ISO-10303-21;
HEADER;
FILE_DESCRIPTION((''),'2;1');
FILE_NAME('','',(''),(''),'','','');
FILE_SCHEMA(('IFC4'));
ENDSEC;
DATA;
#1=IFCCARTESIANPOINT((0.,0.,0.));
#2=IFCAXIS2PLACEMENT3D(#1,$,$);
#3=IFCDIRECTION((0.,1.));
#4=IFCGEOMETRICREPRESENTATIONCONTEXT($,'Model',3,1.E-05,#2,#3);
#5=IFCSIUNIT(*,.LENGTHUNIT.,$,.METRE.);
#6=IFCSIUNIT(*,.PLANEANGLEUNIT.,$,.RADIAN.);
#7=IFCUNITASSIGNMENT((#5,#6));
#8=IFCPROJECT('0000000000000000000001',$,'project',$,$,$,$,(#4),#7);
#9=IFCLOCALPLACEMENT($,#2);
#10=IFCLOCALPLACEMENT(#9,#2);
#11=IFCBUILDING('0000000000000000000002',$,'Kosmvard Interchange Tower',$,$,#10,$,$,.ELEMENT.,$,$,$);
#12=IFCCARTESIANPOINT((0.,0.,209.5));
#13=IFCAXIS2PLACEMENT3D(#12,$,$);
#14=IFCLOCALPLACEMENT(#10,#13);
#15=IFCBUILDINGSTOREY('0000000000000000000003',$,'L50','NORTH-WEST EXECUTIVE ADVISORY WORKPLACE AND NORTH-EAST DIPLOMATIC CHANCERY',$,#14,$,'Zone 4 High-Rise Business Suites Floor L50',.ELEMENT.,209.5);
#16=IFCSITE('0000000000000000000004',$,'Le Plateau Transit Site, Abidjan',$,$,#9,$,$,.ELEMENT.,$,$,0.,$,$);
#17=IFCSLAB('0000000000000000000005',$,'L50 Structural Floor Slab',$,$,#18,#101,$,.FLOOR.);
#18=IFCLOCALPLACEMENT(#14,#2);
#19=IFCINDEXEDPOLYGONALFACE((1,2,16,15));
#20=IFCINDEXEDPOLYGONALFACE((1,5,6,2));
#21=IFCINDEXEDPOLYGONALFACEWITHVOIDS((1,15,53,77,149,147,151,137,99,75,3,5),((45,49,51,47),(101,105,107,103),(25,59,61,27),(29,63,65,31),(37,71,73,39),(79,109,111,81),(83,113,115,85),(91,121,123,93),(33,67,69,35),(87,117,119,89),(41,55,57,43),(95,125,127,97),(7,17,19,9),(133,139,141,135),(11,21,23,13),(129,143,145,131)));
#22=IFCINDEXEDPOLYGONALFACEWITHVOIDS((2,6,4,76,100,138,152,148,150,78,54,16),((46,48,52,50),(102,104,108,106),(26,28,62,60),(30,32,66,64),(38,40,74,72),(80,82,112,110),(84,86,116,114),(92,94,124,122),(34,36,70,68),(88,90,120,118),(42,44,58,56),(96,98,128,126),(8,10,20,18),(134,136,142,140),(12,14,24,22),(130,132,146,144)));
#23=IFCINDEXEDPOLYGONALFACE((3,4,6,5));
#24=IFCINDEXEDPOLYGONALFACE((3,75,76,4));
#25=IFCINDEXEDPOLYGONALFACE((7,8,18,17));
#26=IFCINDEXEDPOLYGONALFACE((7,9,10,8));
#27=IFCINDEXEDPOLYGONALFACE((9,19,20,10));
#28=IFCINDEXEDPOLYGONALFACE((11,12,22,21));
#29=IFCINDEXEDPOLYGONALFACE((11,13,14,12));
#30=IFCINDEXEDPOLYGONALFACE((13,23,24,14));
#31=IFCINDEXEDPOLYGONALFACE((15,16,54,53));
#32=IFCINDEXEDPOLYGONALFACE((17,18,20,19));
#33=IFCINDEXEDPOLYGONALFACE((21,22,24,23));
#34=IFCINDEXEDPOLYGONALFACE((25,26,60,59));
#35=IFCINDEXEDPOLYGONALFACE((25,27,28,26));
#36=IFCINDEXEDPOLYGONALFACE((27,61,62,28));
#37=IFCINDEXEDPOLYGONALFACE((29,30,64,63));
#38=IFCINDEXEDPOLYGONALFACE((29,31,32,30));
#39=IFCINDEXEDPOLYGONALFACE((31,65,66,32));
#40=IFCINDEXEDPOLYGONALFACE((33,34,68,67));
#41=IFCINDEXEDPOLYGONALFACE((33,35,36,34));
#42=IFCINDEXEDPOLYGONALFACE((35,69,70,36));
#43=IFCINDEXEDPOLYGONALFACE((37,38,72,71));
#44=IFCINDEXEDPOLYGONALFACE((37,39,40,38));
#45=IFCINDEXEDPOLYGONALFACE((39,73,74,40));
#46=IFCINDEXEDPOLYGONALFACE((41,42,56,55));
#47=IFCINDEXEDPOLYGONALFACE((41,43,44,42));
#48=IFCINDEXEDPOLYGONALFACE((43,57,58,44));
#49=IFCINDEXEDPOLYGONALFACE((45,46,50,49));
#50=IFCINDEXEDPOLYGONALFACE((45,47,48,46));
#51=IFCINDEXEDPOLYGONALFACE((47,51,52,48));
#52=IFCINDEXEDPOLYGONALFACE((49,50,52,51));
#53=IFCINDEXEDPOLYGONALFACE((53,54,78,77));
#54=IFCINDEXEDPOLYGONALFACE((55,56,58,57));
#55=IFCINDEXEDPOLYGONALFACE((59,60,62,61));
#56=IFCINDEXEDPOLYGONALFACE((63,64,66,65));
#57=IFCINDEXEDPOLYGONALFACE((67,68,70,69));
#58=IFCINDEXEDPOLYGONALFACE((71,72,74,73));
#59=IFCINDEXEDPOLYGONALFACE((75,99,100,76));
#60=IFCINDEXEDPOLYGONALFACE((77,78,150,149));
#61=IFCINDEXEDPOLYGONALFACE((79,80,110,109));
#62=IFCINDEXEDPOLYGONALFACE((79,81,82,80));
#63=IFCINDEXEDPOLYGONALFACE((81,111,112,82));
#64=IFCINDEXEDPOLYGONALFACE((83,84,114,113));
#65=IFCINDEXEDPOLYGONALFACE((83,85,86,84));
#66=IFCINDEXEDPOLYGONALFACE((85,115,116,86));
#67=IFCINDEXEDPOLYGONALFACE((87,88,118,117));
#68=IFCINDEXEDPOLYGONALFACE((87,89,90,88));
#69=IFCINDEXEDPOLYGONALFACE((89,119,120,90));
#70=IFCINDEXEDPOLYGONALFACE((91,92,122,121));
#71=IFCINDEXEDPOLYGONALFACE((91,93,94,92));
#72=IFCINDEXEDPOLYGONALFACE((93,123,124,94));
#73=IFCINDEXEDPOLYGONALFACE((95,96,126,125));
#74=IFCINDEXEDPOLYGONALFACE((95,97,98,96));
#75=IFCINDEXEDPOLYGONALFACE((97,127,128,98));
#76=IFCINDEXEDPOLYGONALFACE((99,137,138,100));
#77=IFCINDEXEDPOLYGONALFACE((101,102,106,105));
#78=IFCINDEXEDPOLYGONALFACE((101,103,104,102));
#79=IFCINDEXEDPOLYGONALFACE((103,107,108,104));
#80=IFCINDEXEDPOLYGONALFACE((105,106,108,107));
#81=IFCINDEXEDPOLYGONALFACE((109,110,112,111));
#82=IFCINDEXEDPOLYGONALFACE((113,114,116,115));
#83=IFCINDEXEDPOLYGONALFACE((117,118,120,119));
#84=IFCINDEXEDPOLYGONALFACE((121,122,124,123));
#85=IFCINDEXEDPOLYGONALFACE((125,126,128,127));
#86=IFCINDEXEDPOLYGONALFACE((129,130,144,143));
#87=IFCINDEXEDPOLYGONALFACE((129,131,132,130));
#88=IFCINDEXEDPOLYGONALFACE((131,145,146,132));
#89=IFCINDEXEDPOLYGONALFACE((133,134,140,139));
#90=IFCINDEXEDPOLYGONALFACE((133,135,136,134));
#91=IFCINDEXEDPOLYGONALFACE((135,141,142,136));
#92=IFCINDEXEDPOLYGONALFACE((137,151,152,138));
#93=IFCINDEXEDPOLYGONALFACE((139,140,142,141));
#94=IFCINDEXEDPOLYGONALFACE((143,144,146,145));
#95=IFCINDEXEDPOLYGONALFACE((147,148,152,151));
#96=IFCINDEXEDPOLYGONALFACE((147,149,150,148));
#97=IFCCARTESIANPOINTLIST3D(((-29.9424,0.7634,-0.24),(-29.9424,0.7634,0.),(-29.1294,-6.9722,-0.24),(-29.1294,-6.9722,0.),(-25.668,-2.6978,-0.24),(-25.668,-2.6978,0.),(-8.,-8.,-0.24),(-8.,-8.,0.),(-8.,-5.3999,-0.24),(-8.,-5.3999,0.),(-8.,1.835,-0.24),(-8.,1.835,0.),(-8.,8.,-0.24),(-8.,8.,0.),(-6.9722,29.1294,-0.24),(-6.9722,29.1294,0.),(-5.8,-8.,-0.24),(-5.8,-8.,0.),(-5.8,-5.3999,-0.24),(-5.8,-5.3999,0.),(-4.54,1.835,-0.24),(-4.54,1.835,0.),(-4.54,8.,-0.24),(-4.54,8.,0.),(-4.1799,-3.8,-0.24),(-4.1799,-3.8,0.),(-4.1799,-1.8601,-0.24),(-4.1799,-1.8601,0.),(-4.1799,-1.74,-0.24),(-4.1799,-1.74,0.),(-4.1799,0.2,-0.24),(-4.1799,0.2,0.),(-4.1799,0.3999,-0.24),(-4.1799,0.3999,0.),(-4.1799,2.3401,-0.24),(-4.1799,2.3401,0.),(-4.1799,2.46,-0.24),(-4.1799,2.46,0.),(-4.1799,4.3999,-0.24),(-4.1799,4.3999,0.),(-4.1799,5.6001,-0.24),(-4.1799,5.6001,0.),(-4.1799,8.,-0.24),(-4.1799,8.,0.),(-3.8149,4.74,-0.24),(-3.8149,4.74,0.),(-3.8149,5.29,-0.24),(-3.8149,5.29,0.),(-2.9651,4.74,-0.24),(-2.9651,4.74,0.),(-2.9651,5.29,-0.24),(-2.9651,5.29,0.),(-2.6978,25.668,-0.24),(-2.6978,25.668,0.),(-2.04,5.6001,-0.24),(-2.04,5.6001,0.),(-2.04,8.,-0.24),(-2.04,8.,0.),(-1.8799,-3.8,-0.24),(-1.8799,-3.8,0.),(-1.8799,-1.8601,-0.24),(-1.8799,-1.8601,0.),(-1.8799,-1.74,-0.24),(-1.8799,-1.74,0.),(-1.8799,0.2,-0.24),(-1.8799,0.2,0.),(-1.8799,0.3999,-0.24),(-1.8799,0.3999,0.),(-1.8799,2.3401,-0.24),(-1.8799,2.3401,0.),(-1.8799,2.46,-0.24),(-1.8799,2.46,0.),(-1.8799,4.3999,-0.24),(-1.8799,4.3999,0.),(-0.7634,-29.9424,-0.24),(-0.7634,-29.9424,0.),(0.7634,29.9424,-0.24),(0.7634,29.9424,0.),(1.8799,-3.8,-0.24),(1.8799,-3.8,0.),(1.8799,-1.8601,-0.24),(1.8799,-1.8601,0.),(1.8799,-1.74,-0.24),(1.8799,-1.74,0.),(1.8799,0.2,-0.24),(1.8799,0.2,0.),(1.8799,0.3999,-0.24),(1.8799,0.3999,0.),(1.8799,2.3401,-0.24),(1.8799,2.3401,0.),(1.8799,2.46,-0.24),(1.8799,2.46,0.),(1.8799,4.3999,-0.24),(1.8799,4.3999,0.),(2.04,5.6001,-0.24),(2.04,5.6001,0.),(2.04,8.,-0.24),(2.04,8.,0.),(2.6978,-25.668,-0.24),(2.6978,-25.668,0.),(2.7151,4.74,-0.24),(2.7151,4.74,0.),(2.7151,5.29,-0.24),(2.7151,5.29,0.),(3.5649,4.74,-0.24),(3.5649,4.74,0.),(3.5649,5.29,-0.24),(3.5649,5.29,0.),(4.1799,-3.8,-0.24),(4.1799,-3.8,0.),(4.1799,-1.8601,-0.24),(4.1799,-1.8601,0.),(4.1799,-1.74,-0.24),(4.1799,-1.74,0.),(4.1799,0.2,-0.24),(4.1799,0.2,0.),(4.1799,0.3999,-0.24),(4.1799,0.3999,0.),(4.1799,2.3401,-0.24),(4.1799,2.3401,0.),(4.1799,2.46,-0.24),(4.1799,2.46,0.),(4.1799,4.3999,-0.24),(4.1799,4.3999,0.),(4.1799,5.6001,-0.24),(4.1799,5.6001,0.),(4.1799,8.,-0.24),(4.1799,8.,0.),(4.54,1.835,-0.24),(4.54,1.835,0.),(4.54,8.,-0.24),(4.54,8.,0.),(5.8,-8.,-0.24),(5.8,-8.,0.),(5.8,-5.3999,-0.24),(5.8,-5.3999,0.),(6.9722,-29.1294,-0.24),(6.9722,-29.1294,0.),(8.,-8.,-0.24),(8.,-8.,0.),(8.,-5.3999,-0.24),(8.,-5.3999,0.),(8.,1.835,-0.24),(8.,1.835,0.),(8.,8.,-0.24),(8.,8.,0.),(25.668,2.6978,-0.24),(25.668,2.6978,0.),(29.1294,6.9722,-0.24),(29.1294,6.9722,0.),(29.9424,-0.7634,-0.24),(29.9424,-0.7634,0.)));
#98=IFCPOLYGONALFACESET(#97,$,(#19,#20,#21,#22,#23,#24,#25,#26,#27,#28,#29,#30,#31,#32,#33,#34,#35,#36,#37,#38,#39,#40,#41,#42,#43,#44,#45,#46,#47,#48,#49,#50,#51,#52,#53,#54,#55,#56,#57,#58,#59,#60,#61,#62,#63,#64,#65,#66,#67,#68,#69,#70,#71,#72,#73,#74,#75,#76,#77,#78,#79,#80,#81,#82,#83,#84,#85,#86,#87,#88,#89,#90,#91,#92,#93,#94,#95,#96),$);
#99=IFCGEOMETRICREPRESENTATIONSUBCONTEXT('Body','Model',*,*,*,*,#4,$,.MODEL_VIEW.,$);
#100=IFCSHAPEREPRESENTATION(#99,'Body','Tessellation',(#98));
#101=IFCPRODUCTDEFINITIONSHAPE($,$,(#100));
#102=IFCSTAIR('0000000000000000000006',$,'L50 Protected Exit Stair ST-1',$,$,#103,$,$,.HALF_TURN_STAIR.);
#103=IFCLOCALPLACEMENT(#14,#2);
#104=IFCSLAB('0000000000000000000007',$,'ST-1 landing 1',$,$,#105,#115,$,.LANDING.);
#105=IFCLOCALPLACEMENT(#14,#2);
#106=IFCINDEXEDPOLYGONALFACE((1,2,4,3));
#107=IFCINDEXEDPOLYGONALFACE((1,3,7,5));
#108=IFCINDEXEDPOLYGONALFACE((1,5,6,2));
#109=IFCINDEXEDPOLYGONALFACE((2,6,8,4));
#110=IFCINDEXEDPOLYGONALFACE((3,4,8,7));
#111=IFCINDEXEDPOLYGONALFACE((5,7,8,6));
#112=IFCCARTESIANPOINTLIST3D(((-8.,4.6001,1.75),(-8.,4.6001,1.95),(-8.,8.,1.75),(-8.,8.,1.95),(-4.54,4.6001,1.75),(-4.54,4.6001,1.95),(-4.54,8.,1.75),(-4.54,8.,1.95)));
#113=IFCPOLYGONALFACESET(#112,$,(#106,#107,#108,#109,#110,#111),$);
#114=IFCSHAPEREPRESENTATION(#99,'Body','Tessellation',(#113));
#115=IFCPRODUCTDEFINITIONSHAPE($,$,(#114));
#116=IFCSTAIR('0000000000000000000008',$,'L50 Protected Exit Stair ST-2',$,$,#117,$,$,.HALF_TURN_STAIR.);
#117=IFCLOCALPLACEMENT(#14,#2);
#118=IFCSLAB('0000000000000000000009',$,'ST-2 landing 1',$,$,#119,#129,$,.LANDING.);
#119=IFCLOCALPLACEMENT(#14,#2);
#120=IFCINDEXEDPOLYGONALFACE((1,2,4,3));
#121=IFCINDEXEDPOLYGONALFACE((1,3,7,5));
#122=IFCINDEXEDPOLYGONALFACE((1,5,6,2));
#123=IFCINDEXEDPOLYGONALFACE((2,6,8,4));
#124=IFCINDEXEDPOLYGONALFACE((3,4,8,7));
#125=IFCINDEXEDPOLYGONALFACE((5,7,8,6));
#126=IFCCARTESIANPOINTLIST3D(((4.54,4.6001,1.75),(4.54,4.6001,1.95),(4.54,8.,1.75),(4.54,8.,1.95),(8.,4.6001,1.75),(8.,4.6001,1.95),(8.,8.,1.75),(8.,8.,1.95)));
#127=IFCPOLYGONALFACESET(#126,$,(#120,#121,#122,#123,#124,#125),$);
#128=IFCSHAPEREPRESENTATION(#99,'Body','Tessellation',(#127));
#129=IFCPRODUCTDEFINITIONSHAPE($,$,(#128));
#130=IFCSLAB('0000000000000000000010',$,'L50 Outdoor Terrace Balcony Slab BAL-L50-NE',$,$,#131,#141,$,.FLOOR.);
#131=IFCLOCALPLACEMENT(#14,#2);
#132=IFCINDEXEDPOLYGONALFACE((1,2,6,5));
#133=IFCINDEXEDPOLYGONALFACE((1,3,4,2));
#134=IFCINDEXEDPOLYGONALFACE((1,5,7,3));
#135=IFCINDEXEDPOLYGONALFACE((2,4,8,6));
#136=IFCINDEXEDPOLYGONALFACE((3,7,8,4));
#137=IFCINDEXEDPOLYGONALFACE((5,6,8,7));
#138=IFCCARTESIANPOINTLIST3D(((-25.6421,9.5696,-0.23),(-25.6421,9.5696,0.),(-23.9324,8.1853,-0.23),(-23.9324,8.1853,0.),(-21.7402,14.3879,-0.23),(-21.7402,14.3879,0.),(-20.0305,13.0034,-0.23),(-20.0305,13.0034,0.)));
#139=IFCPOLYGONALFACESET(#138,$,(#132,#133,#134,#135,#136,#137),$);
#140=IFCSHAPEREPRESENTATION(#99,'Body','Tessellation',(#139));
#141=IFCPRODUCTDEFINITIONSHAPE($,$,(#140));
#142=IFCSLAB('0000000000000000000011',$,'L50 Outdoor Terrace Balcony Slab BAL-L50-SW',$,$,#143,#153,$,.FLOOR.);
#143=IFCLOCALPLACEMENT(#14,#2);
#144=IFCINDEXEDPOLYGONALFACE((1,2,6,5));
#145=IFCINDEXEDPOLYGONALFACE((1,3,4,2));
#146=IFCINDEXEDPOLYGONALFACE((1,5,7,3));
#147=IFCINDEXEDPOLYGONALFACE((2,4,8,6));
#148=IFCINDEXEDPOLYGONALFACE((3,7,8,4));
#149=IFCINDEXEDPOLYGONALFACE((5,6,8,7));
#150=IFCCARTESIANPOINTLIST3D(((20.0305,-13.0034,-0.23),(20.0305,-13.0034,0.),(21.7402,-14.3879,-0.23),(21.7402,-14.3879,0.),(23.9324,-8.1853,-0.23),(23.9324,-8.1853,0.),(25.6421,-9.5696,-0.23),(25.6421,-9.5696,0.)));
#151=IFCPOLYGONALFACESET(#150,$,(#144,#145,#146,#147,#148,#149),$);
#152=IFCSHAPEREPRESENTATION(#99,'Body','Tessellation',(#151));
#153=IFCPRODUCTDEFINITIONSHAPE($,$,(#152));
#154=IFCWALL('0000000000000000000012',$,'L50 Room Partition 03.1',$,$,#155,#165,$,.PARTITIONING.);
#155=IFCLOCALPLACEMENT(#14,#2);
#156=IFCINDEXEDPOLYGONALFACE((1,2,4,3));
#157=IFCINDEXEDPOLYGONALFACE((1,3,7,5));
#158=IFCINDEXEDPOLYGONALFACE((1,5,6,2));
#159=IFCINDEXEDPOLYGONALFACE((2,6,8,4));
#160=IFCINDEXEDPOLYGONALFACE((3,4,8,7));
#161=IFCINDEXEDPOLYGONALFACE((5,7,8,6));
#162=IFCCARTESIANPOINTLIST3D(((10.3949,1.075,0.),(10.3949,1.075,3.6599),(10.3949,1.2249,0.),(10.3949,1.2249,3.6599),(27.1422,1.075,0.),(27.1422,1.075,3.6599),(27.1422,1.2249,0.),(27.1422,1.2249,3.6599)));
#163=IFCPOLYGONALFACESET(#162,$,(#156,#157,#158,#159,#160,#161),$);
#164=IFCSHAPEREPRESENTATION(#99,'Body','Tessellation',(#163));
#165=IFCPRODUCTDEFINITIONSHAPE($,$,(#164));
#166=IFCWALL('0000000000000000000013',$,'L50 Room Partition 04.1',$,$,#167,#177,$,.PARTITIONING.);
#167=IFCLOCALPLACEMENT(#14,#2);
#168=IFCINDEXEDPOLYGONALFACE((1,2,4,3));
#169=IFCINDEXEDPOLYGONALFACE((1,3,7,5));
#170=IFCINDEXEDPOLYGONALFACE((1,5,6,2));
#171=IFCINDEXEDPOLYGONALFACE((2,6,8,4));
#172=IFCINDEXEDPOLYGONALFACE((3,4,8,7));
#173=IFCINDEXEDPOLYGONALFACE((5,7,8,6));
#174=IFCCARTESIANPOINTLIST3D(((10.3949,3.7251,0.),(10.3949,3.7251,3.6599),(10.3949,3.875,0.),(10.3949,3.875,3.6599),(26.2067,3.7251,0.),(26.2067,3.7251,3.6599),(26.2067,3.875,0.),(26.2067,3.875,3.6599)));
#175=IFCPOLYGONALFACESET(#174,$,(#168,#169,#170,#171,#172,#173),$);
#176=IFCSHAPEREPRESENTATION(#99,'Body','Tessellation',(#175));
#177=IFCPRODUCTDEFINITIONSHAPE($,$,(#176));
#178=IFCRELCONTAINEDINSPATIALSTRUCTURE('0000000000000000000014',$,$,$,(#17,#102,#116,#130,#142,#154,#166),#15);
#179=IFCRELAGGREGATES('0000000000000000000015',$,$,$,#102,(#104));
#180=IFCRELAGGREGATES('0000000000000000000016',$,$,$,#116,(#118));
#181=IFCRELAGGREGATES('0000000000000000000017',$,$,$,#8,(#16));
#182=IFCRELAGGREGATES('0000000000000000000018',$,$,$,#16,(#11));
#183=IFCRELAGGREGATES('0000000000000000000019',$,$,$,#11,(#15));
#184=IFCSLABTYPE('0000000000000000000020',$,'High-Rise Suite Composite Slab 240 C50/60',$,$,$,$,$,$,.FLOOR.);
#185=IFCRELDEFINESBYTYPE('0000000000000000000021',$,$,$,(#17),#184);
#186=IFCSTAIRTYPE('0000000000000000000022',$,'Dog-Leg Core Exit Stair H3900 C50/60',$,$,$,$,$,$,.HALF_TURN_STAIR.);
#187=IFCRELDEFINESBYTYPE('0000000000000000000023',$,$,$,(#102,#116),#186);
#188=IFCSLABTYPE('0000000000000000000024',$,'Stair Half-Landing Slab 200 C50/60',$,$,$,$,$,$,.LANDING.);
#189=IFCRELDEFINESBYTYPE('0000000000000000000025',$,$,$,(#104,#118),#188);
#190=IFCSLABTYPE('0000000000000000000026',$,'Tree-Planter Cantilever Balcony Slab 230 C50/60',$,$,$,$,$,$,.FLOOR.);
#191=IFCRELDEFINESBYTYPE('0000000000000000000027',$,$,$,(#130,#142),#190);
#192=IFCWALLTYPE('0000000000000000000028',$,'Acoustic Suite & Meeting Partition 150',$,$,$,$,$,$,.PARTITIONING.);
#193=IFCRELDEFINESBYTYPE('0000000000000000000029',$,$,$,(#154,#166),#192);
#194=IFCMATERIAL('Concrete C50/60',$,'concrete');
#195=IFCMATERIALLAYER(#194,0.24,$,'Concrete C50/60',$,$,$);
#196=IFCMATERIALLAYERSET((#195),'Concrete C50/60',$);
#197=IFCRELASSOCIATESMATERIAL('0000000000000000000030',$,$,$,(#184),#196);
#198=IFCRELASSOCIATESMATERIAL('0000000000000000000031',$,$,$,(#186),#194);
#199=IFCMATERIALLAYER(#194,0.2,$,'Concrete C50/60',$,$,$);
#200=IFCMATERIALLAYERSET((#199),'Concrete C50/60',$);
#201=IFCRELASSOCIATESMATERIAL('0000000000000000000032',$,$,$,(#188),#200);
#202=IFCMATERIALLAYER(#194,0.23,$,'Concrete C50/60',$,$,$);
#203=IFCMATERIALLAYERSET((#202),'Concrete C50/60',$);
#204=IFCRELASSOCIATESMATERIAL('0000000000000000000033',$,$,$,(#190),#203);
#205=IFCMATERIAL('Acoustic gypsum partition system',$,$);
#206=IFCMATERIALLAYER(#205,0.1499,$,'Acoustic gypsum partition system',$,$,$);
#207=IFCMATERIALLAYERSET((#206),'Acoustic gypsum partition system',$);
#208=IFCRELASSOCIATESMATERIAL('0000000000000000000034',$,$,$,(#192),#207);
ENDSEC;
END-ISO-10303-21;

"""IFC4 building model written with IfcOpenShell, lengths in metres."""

from ifc_helpers import new_model, si_unit, direction, frame, frame_2d, origin, place, context, subcontext, project, spatial, polyline, rectangle, outline, extrude, material, layer, layer_set, type_object, element, aggregate, save


model = new_model("IFC4")

# Units and contexts
model_context = context("Model", 3, precision=1e-05, world=origin(), true_north=direction((0.0, 1.0)))
body_context = subcontext(model_context, "Body", "Model", "MODEL_VIEW")
ifc_project = project(units=[si_unit("LENGTHUNIT", "METRE"), si_unit("PLANEANGLEUNIT", "RADIAN")], contexts=[model_context])

# Site, building, storey
site_placement = place(None, origin())
site = spatial("IfcSite", under=ifc_project, at=site_placement, Name="Le Plateau Transit Site, Abidjan", CompositionType="ELEMENT", RefElevation=0.0)
building_placement = place(site_placement, origin())
building = spatial("IfcBuilding", under=site, at=building_placement, Name="Kosmvard Interchange Tower", CompositionType="ELEMENT")
storey_placement = place(building_placement, frame((0.0, 0.0, 209.5)))
storey = spatial("IfcBuildingStorey", under=building, at=storey_placement, Name="L50", Description="NORTH-WEST EXECUTIVE ADVISORY WORKPLACE AND NORTH-EAST DIPLOMATIC CHANCERY", LongName="Zone 4 High-Rise Business Suites Floor L50", CompositionType="ELEMENT", Elevation=209.5)

# Slab
ifc_material_1 = material(Name="Concrete C50/60", Category="concrete")
ifc_layer_1 = layer(ifc_material_1, 0.24, Name="Concrete C50/60")
ifc_layer_set_1 = layer_set([ifc_layer_1], Name="Concrete C50/60")
slab_type_1 = type_object("IfcSlabType", Name="High-Rise Suite Composite Slab 240 C50/60", PredefinedType="FLOOR", material=ifc_layer_set_1)
slab_1_placement = place(storey_placement, frame((0.0, 0.0, -0.24)))
element("IfcSlab", 1, at=slab_1_placement, inside=storey, type_object=slab_type_1, Name="L50 Structural Floor Slab", PredefinedType="FLOOR", context=body_context, shape_type="SweptSolid", body=[
    extrude(outline(polyline([(6.9722, -29.1294), (29.9424, -0.7634), (25.668, 2.6978), (29.1294, 6.9722), (0.7634, 29.9424), (-2.6978, 25.668), (-6.9722, 29.1294), (-29.9424, 0.7634), (-25.668, -2.6978), (-29.1294, -6.9722), (-0.7634, -29.9424), (2.6978, -25.668), (6.9722, -29.1294)]), holes=[polyline([(-8.0, 1.835), (-4.54, 1.835), (-4.54, 8.0), (-8.0, 8.0), (-8.0, 1.835)]), polyline([(4.54, 1.835), (8.0, 1.835), (8.0, 8.0), (4.54, 8.0), (4.54, 1.835)]), polyline([(-8.0, -8.0), (-5.8, -8.0), (-5.8, -5.3999), (-8.0, -5.3999), (-8.0, -8.0)]), polyline([(5.8, -8.0), (8.0, -8.0), (8.0, -5.3999), (5.8, -5.3999), (5.8, -8.0)]), polyline([(-4.1799, -3.8), (-1.8799, -3.8), (-1.8799, -1.8601), (-4.1799, -1.8601), (-4.1799, -3.8)]), polyline([(-4.1799, -1.74), (-1.8799, -1.74), (-1.8799, 0.2), (-4.1799, 0.2), (-4.1799, -1.74)]), polyline([(1.8799, -3.8), (4.1799, -3.8), (4.1799, -1.8601), (1.8799, -1.8601), (1.8799, -3.8)]), polyline([(1.8799, -1.74), (4.1799, -1.74), (4.1799, 0.2), (1.8799, 0.2), (1.8799, -1.74)]), polyline([(-4.1799, 0.3999), (-1.8799, 0.3999), (-1.8799, 2.3401), (-4.1799, 2.3401), (-4.1799, 0.3999)]), polyline([(-4.1799, 2.46), (-1.8799, 2.46), (-1.8799, 4.3999), (-4.1799, 4.3999), (-4.1799, 2.46)]), polyline([(1.8799, 0.3999), (4.1799, 0.3999), (4.1799, 2.3401), (1.8799, 2.3401), (1.8799, 0.3999)]), polyline([(1.8799, 2.46), (4.1799, 2.46), (4.1799, 4.3999), (1.8799, 4.3999), (1.8799, 2.46)]), polyline([(-4.1799, 5.6001), (-2.04, 5.6001), (-2.04, 8.0), (-4.1799, 8.0), (-4.1799, 5.6001)]), polyline([(2.04, 5.6001), (4.1799, 5.6001), (4.1799, 8.0), (2.04, 8.0), (2.04, 5.6001)]), polyline([(-3.8149, 4.74), (-2.9651, 4.74), (-2.9651, 5.29), (-3.8149, 5.29), (-3.8149, 4.74)]), polyline([(2.7151, 4.74), (3.5649, 4.74), (3.5649, 5.29), (2.7151, 5.29), (2.7151, 4.74)])]), origin(), (0.0, 0.0, 1.0), 0.24),
])

# Stairs, slabs
stair_type = type_object("IfcStairType", Name="Dog-Leg Core Exit Stair H3900 C50/60", PredefinedType="HALF_TURN_STAIR", material=ifc_material_1)
stair_1_placement = place(storey_placement, origin())
stair_1 = element("IfcStair", 2, at=stair_1_placement, inside=storey, type_object=stair_type, Name="L50 Protected Exit Stair ST-1", PredefinedType="HALF_TURN_STAIR")
ifc_layer_2 = layer(ifc_material_1, 0.2, Name="Concrete C50/60")
ifc_layer_set_2 = layer_set([ifc_layer_2], Name="Concrete C50/60")
slab_type_2 = type_object("IfcSlabType", Name="Stair Half-Landing Slab 200 C50/60", PredefinedType="LANDING", material=ifc_layer_set_2)
slab_2_placement = place(storey_placement, frame((0.0, 0.0, 1.75)))
slab_2 = element("IfcSlab", 3, at=slab_2_placement, type_object=slab_type_2, Name="ST-1 landing 1", PredefinedType="LANDING", context=body_context, shape_type="SweptSolid", body=[
    extrude(outline(polyline([(-4.54, 4.6001), (-4.54, 8.0), (-8.0, 8.0), (-8.0, 4.6001), (-4.54, 4.6001)])), origin(), (0.0, 0.0, 1.0), 0.2),
])
aggregate(stair_1, [slab_2])
stair_2_placement = place(storey_placement, origin())
stair_2 = element("IfcStair", 4, at=stair_2_placement, inside=storey, type_object=stair_type, Name="L50 Protected Exit Stair ST-2", PredefinedType="HALF_TURN_STAIR")
slab_3_placement = place(storey_placement, frame((0.0, 0.0, 1.75)))
slab_3 = element("IfcSlab", 5, at=slab_3_placement, type_object=slab_type_2, Name="ST-2 landing 1", PredefinedType="LANDING", context=body_context, shape_type="SweptSolid", body=[
    extrude(outline(polyline([(8.0, 4.6001), (8.0, 8.0), (4.54, 8.0), (4.54, 4.6001), (8.0, 4.6001)])), origin(), (0.0, 0.0, 1.0), 0.2),
])

# Slabs
ifc_layer_3 = layer(ifc_material_1, 0.23, Name="Concrete C50/60")
ifc_layer_set_3 = layer_set([ifc_layer_3], Name="Concrete C50/60")
slab_type_3 = type_object("IfcSlabType", Name="Tree-Planter Cantilever Balcony Slab 230 C50/60", PredefinedType="FLOOR", material=ifc_layer_set_3)
slab_4_placement = place(storey_placement, frame((0.0, 0.0, -0.23)))
element("IfcSlab", 6, at=slab_4_placement, inside=storey, type_object=slab_type_3, Name="L50 Outdoor Terrace Balcony Slab BAL-L50-NE", PredefinedType="FLOOR", context=body_context, shape_type="SweptSolid", body=[
    extrude(outline(polyline([(-23.9324, 8.1853), (-20.0305, 13.0034), (-21.7402, 14.3879), (-25.6421, 9.5696), (-23.9324, 8.1853)])), origin(), (0.0, 0.0, 1.0), 0.23),
])
slab_5_placement = place(storey_placement, frame((0.0, 0.0, -0.23)))
element("IfcSlab", 7, at=slab_5_placement, inside=storey, type_object=slab_type_3, Name="L50 Outdoor Terrace Balcony Slab BAL-L50-SW", PredefinedType="FLOOR", context=body_context, shape_type="SweptSolid", body=[
    extrude(outline(polyline([(21.7402, -14.3879), (25.6421, -9.5696), (23.9324, -8.1853), (20.0305, -13.0034), (21.7402, -14.3879)])), origin(), (0.0, 0.0, 1.0), 0.23),
])

# Walls
ifc_material_2 = material(Name="Acoustic gypsum partition system")
ifc_layer_4 = layer(ifc_material_2, 0.1499, Name="Acoustic gypsum partition system")
ifc_layer_set_4 = layer_set([ifc_layer_4], Name="Acoustic gypsum partition system")
wall_type_1 = type_object("IfcWallType", Name="Acoustic Suite & Meeting Partition 150", PredefinedType="PARTITIONING", material=ifc_layer_set_4)
wall_1_placement = place(storey_placement, frame((10.395, 1.1499, 0.0), z_axis=(0.0, 0.0, 1.0), x_axis=(1.0, 0.0, 0.0)))
element("IfcWall", 8, at=wall_1_placement, inside=storey, type_object=wall_type_1, Name="L50 Room Partition 03.1", PredefinedType="PARTITIONING", context=body_context, shape_type="SweptSolid", body=[
    extrude(rectangle(XDim=16.7473, YDim=0.1499, at=frame_2d((8.3735, 0.0))), origin(), (0.0, 0.0, 1.0), 3.6599),
])
wall_2_placement = place(storey_placement, frame((10.395, 3.8, 0.0), z_axis=(0.0, 0.0, 1.0), x_axis=(1.0, 0.0, 0.0)))
element("IfcWall", 9, at=wall_2_placement, inside=storey, type_object=wall_type_1, Name="L50 Room Partition 04.1", PredefinedType="PARTITIONING", context=body_context, shape_type="SweptSolid", body=[
    extrude(rectangle(XDim=15.8118, YDim=0.1499, at=frame_2d((7.9058, 0.0))), origin(), (0.0, 0.0, 1.0), 3.6599),
])

aggregate(stair_2, [slab_3])

save(model, "model.ifc")
